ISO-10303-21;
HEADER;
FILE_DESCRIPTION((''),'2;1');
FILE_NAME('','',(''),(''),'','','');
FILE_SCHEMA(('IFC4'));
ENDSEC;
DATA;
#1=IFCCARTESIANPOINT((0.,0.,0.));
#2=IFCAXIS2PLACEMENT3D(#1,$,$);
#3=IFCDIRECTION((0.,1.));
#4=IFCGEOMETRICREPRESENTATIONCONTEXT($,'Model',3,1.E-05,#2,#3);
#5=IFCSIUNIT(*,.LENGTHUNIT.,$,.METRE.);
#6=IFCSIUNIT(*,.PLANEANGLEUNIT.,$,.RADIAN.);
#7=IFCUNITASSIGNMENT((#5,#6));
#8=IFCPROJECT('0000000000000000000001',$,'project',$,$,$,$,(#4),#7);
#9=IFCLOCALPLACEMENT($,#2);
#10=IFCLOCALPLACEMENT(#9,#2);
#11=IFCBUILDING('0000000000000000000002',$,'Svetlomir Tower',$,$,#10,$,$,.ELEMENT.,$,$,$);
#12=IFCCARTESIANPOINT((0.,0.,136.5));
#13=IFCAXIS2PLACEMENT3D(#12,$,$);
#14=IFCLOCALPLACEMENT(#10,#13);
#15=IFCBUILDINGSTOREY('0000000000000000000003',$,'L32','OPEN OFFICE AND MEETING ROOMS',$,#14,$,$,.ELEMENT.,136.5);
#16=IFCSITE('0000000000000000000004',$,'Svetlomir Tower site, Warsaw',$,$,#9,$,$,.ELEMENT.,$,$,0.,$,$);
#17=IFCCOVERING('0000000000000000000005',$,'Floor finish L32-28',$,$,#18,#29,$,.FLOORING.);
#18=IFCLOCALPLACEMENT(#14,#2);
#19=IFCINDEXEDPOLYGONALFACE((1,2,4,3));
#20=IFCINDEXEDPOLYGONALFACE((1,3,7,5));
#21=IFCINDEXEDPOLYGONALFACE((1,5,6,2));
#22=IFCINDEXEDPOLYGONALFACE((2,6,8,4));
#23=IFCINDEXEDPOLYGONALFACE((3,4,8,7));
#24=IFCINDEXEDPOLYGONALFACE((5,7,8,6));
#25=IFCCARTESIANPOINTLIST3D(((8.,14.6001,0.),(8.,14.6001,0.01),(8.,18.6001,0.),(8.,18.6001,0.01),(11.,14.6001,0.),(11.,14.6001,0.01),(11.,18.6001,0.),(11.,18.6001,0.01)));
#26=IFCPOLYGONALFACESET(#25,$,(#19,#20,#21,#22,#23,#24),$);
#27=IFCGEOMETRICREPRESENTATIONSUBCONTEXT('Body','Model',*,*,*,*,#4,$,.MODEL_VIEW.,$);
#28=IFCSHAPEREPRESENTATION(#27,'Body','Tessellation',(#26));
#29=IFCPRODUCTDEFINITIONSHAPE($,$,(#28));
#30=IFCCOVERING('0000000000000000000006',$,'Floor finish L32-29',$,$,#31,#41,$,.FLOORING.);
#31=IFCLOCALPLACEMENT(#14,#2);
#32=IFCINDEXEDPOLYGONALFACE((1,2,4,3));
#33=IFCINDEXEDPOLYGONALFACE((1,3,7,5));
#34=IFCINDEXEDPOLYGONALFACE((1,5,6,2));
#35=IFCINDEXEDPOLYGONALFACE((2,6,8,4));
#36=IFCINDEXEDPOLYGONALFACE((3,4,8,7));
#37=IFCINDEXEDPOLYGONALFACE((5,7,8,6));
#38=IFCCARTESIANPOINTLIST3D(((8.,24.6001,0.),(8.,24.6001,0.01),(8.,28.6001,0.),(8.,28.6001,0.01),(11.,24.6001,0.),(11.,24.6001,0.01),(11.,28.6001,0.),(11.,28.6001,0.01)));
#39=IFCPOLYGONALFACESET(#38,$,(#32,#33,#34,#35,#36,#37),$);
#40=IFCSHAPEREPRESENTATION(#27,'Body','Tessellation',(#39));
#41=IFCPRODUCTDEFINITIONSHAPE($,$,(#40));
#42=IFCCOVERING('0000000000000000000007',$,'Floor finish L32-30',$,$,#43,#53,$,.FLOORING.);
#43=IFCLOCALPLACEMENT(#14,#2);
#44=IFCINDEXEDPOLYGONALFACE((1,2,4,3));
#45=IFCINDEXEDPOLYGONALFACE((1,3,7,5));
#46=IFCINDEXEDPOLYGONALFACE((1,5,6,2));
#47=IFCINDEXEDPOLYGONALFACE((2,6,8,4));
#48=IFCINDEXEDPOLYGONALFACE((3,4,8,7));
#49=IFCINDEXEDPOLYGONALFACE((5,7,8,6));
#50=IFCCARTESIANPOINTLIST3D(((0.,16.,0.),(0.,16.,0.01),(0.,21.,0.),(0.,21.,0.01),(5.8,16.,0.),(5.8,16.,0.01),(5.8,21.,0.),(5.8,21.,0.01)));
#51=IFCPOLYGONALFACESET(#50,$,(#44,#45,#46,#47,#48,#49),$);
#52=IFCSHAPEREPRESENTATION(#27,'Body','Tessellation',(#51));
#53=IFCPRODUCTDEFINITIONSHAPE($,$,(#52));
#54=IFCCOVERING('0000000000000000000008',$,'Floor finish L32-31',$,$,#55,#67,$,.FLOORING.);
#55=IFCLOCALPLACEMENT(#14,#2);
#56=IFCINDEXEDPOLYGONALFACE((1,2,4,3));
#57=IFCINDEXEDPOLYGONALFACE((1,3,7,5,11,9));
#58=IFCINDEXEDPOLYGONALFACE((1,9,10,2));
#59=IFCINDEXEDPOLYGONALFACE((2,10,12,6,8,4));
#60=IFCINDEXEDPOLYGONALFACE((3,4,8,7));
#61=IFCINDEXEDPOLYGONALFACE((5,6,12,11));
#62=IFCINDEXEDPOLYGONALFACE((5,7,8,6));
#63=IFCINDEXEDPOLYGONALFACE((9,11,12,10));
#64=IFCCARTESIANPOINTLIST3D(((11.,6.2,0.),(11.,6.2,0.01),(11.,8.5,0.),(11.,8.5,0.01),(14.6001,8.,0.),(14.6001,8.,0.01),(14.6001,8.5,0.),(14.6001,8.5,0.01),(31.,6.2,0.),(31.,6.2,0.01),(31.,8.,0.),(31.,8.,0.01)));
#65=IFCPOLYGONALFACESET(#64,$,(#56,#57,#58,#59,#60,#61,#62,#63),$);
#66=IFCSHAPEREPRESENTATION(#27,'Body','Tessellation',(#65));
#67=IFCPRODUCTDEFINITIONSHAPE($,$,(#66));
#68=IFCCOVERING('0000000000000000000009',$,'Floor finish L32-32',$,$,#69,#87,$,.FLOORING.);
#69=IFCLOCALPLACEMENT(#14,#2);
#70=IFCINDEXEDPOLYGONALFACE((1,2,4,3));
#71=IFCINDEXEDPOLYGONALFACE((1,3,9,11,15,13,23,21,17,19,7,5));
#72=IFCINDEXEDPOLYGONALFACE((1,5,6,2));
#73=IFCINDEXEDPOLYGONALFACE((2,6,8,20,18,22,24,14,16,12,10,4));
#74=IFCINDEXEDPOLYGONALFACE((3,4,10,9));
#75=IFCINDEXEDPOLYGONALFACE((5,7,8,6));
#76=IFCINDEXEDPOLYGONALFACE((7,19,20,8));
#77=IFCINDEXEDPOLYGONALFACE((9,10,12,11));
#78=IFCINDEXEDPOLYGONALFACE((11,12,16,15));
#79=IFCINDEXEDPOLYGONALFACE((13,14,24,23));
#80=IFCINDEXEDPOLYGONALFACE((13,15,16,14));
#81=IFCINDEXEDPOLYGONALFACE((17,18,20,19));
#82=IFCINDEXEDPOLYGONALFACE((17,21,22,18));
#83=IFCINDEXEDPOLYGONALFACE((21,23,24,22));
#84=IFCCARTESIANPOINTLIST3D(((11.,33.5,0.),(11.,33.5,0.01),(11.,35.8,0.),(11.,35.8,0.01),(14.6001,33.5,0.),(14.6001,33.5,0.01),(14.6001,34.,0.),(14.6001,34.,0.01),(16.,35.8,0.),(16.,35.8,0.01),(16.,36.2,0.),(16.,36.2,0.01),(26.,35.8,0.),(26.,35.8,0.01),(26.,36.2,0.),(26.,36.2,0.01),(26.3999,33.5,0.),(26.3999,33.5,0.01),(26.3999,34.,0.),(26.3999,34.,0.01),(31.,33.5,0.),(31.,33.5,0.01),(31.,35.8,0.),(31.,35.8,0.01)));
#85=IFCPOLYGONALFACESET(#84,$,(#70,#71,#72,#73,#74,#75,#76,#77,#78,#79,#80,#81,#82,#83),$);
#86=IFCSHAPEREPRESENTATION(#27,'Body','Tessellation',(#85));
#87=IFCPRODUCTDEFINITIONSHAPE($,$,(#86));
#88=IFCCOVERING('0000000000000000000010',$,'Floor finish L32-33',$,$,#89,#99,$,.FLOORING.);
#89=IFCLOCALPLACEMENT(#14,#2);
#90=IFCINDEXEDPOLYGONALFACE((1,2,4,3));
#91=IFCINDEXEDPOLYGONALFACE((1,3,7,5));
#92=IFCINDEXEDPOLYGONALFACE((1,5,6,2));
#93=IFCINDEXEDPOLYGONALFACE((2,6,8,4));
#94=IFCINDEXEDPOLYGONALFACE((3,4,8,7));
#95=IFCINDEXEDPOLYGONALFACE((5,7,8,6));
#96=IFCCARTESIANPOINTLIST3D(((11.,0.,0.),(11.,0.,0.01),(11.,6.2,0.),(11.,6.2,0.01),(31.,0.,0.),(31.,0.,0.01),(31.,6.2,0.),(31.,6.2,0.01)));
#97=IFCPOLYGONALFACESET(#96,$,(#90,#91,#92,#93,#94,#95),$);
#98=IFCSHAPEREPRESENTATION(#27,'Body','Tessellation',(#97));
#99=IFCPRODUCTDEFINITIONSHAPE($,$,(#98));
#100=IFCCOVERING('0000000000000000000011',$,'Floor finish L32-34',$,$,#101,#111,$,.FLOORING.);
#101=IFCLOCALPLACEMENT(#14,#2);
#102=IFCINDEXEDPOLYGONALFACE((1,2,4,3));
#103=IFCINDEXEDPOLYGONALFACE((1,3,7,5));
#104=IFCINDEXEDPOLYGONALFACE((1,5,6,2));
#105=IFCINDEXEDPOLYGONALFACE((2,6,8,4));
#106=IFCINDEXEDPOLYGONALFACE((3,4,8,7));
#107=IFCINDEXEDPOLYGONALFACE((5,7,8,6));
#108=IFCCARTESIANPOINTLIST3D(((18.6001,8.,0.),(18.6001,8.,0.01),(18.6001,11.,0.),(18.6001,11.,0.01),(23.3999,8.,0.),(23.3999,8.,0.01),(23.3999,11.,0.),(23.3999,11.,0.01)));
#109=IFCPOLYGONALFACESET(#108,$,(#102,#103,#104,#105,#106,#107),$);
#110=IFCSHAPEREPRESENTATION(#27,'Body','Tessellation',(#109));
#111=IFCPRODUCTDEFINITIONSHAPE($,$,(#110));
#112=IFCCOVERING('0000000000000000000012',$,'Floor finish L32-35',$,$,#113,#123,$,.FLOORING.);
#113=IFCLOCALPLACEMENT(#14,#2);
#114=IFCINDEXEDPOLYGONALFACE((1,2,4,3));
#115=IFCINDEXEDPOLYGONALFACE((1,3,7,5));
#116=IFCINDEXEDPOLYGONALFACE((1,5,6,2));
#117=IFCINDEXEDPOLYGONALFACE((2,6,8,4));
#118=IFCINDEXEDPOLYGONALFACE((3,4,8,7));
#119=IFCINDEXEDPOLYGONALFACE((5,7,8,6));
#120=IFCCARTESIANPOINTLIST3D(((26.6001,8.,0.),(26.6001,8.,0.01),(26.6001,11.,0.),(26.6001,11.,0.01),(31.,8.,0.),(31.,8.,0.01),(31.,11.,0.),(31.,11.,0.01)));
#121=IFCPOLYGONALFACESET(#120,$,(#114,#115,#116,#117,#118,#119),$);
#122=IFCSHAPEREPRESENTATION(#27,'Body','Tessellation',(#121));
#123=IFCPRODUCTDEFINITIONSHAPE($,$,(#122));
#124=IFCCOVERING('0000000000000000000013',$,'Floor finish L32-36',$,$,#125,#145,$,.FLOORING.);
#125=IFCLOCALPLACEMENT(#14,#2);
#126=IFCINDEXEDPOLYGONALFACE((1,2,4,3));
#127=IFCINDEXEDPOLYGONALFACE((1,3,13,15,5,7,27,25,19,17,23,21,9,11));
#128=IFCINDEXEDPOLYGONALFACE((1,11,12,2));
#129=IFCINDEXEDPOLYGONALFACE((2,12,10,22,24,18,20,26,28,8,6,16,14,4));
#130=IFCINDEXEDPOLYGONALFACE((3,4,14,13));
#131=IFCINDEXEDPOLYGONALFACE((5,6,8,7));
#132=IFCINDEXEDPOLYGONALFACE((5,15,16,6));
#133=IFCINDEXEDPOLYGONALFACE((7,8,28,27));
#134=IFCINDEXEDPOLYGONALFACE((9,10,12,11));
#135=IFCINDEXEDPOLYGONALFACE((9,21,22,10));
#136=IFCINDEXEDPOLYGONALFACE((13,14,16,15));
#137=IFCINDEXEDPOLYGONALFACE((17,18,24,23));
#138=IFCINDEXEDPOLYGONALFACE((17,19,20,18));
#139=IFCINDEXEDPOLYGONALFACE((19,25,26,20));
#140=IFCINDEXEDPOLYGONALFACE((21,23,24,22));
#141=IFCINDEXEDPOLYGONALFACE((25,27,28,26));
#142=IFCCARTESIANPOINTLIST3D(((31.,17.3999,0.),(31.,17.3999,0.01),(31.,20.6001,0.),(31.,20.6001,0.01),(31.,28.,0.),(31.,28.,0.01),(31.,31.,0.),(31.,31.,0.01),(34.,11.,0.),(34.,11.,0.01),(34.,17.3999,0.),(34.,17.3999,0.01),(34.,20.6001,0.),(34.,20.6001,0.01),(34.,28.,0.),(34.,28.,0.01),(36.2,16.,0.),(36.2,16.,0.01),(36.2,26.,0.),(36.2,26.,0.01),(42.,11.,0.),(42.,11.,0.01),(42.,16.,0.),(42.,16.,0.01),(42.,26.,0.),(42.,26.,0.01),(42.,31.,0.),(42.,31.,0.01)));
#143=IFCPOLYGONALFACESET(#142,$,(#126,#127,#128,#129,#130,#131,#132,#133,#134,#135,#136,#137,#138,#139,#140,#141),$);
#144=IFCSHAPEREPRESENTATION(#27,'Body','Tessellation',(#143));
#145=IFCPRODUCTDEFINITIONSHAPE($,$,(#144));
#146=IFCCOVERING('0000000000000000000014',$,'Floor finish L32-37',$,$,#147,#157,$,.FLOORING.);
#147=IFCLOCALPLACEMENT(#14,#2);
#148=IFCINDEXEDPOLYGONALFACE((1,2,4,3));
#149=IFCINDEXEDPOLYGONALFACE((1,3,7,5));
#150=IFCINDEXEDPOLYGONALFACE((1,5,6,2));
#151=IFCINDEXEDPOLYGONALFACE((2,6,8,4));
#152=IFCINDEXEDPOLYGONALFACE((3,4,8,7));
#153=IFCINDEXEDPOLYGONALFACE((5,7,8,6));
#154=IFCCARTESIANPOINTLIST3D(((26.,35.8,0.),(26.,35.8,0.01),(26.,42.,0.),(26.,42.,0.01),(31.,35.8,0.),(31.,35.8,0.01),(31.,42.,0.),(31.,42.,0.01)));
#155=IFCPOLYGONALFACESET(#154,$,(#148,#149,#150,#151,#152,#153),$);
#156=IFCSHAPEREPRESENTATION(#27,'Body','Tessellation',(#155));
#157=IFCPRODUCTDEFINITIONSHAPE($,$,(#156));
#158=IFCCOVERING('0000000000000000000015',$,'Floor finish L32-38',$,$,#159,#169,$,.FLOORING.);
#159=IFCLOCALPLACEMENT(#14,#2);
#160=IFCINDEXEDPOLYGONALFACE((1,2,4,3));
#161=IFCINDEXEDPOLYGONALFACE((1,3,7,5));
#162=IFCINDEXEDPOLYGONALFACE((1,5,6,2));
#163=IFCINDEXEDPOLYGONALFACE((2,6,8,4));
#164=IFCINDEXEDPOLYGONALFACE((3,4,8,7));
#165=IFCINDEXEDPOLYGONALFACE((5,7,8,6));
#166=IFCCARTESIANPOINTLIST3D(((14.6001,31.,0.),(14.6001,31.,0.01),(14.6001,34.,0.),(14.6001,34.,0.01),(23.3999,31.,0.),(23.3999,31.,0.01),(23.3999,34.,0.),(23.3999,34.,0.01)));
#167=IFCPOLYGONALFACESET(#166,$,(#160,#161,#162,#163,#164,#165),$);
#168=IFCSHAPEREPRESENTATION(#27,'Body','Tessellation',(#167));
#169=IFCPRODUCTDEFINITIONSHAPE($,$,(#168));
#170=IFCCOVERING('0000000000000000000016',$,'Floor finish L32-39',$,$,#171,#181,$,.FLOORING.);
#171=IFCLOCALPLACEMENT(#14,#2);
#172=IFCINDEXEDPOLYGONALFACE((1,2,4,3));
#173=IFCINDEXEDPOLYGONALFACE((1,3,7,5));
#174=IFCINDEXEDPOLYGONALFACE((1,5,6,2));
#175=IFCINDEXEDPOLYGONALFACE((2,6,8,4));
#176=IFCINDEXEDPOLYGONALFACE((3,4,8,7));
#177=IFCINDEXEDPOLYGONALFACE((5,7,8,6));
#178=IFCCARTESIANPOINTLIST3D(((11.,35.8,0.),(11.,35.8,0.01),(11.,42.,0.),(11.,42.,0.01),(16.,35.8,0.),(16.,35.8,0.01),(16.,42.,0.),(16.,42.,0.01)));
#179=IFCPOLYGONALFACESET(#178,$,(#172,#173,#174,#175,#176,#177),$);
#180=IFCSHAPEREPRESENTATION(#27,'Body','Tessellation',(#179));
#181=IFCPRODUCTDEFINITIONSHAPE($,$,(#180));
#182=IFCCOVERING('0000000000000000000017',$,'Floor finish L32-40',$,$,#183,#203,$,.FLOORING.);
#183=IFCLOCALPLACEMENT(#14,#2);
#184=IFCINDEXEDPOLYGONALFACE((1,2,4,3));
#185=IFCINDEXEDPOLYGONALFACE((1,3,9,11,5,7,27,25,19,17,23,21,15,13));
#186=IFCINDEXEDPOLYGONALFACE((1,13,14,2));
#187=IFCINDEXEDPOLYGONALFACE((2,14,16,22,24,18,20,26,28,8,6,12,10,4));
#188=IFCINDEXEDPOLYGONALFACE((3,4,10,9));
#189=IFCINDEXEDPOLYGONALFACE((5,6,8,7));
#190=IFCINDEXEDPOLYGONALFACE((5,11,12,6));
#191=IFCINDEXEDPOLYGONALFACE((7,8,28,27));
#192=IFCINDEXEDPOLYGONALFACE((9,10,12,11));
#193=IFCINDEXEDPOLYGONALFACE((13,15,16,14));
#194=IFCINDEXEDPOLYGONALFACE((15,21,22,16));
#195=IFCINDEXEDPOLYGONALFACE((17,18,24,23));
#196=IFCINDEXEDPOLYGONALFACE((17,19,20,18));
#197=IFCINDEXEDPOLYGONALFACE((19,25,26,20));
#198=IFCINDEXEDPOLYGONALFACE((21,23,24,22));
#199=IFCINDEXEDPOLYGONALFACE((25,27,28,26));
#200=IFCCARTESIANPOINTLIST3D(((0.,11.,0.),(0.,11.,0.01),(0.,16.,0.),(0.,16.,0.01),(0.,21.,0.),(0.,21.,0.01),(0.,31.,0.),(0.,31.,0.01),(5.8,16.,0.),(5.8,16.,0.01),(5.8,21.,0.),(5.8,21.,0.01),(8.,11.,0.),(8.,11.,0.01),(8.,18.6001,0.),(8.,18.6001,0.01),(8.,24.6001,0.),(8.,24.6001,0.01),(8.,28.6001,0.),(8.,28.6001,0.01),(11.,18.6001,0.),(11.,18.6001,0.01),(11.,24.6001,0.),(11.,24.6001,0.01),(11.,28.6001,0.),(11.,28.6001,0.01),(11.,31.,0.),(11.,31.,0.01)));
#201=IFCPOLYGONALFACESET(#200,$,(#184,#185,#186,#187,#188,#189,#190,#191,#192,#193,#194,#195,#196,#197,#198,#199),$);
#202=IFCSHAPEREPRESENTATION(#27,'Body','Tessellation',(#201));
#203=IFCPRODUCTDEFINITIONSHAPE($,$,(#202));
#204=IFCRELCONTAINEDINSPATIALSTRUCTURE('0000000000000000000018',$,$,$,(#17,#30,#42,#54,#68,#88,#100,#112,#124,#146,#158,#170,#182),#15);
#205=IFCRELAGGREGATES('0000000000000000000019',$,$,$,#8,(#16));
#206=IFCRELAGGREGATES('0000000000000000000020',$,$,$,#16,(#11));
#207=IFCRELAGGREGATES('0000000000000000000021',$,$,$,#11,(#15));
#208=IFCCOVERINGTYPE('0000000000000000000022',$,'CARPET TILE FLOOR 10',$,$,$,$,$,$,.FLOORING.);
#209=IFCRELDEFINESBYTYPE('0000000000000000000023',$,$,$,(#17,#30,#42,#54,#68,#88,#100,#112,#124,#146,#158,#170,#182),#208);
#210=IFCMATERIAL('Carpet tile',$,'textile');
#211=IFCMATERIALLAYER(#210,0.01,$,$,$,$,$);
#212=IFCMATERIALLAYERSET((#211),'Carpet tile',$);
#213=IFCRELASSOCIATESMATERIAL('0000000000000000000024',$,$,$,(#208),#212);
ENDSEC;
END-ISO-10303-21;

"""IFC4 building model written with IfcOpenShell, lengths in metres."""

from ifc_helpers import new_model, si_unit, direction, frame, origin, place, context, subcontext, project, spatial, polyline, outline, extrude, material, layer, layer_set, type_object, element, save


model = new_model("IFC4")

# Units and contexts
model_context = context("Model", 3, precision=1e-05, world=origin(), true_north=direction((0.0, 1.0)))
body_context = subcontext(model_context, "Body", "Model", "MODEL_VIEW")
ifc_project = project(units=[si_unit("LENGTHUNIT", "METRE"), si_unit("PLANEANGLEUNIT", "RADIAN")], contexts=[model_context])

# Site, building, storey
site_placement = place(None, origin())
site = spatial("IfcSite", under=ifc_project, at=site_placement, Name="Svetlomir Tower site, Warsaw", CompositionType="ELEMENT", RefElevation=0.0)
building_placement = place(site_placement, origin())
building = spatial("IfcBuilding", under=site, at=building_placement, Name="Svetlomir Tower", CompositionType="ELEMENT")
storey_placement = place(building_placement, frame((0.0, 0.0, 136.5)))
storey = spatial("IfcBuildingStorey", under=building, at=storey_placement, Name="L32", Description="OPEN OFFICE AND MEETING ROOMS", CompositionType="ELEMENT", Elevation=136.5)

# Coverings
ifc_material_1 = material(Name="Carpet tile", Category="textile")
ifc_layer_1 = layer(ifc_material_1, 0.01)
ifc_layer_set_1 = layer_set([ifc_layer_1], Name="Carpet tile")
covering_type_1 = type_object("IfcCoveringType", Name="CARPET TILE FLOOR 10", PredefinedType="FLOORING", material=ifc_layer_set_1)
covering_1_placement = place(storey_placement, origin())
element("IfcCovering", 1, at=covering_1_placement, inside=storey, type_object=covering_type_1, Name="Floor finish L32-28", PredefinedType="FLOORING", context=body_context, shape_type="SweptSolid", body=[
    extrude(outline(polyline([(8.0, 14.6001), (11.0, 14.6001), (11.0, 18.6001), (8.0, 18.6001), (8.0, 14.6001)])), origin(), (0.0, 0.0, 1.0), 0.01),
])
covering_2_placement = place(storey_placement, origin())
element("IfcCovering", 2, at=covering_2_placement, inside=storey, type_object=covering_type_1, Name="Floor finish L32-29", PredefinedType="FLOORING", context=body_context, shape_type="SweptSolid", body=[
    extrude(outline(polyline([(8.0, 24.6001), (11.0, 24.6001), (11.0, 28.6001), (8.0, 28.6001), (8.0, 24.6001)])), origin(), (0.0, 0.0, 1.0), 0.01),
])
covering_3_placement = place(storey_placement, origin())
element("IfcCovering", 3, at=covering_3_placement, inside=storey, type_object=covering_type_1, Name="Floor finish L32-30", PredefinedType="FLOORING", context=body_context, shape_type="SweptSolid", body=[
    extrude(outline(polyline([(0.0, 16.0), (5.8, 16.0), (5.8, 21.0), (0.0, 21.0), (0.0, 16.0)])), origin(), (0.0, 0.0, 1.0), 0.01),
])
covering_4_placement = place(storey_placement, origin())
element("IfcCovering", 4, at=covering_4_placement, inside=storey, type_object=covering_type_1, Name="Floor finish L32-31", PredefinedType="FLOORING", context=body_context, shape_type="SweptSolid", body=[
    extrude(outline(polyline([(31.0, 8.0), (31.0, 6.2), (11.0, 6.2), (11.0, 8.5), (14.6001, 8.5), (14.6001, 8.0), (31.0, 8.0)])), origin(), (0.0, 0.0, 1.0), 0.01),
])
covering_5_placement = place(storey_placement, origin())
element("IfcCovering", 5, at=covering_5_placement, inside=storey, type_object=covering_type_1, Name="Floor finish L32-32", PredefinedType="FLOORING", context=body_context, shape_type="SweptSolid", body=[
    extrude(outline(polyline([(14.6001, 33.5), (11.0, 33.5), (11.0, 35.8), (16.0, 35.8), (16.0, 36.2), (26.0, 36.2), (26.0, 35.8), (31.0, 35.8), (31.0, 33.5), (26.3999, 33.5), (26.3999, 34.0), (14.6001, 34.0), (14.6001, 33.5)])), origin(), (0.0, 0.0, 1.0), 0.01),
])
covering_6_placement = place(storey_placement, origin())
element("IfcCovering", 6, at=covering_6_placement, inside=storey, type_object=covering_type_1, Name="Floor finish L32-33", PredefinedType="FLOORING", context=body_context, shape_type="SweptSolid", body=[
    extrude(outline(polyline([(11.0, 6.2), (31.0, 6.2), (31.0, 0.0), (11.0, 0.0), (11.0, 6.2)])), origin(), (0.0, 0.0, 1.0), 0.01),
])
covering_7_placement = place(storey_placement, origin())
element("IfcCovering", 7, at=covering_7_placement, inside=storey, type_object=covering_type_1, Name="Floor finish L32-34", PredefinedType="FLOORING", context=body_context, shape_type="SweptSolid", body=[
    extrude(outline(polyline([(23.3999, 11.0), (23.3999, 8.0), (18.6001, 8.0), (18.6001, 11.0), (23.3999, 11.0)])), origin(), (0.0, 0.0, 1.0), 0.01),
])
covering_8_placement = place(storey_placement, origin())
element("IfcCovering", 8, at=covering_8_placement, inside=storey, type_object=covering_type_1, Name="Floor finish L32-35", PredefinedType="FLOORING", context=body_context, shape_type="SweptSolid", body=[
    extrude(outline(polyline([(31.0, 11.0), (31.0, 8.0), (26.6001, 8.0), (26.6001, 11.0), (31.0, 11.0)])), origin(), (0.0, 0.0, 1.0), 0.01),
])
covering_9_placement = place(storey_placement, origin())
element("IfcCovering", 9, at=covering_9_placement, inside=storey, type_object=covering_type_1, Name="Floor finish L32-36", PredefinedType="FLOORING", context=body_context, shape_type="SweptSolid", body=[
    extrude(outline(polyline([(34.0, 17.3999), (31.0, 17.3999), (31.0, 20.6001), (34.0, 20.6001), (34.0, 28.0), (31.0, 28.0), (31.0, 31.0), (42.0, 31.0), (42.0, 26.0), (36.2, 26.0), (36.2, 16.0), (42.0, 16.0), (42.0, 11.0), (34.0, 11.0), (34.0, 17.3999)])), origin(), (0.0, 0.0, 1.0), 0.01),
])
covering_10_placement = place(storey_placement, origin())
element("IfcCovering", 10, at=covering_10_placement, inside=storey, type_object=covering_type_1, Name="Floor finish L32-37", PredefinedType="FLOORING", context=body_context, shape_type="SweptSolid", body=[
    extrude(outline(polyline([(26.0, 35.8), (26.0, 42.0), (31.0, 42.0), (31.0, 35.8), (26.0, 35.8)])), origin(), (0.0, 0.0, 1.0), 0.01),
])
covering_11_placement = place(storey_placement, origin())
element("IfcCovering", 11, at=covering_11_placement, inside=storey, type_object=covering_type_1, Name="Floor finish L32-38", PredefinedType="FLOORING", context=body_context, shape_type="SweptSolid", body=[
    extrude(outline(polyline([(14.6001, 31.0), (14.6001, 34.0), (23.3999, 34.0), (23.3999, 31.0), (14.6001, 31.0)])), origin(), (0.0, 0.0, 1.0), 0.01),
])
covering_12_placement = place(storey_placement, origin())
element("IfcCovering", 12, at=covering_12_placement, inside=storey, type_object=covering_type_1, Name="Floor finish L32-39", PredefinedType="FLOORING", context=body_context, shape_type="SweptSolid", body=[
    extrude(outline(polyline([(16.0, 42.0), (16.0, 35.8), (11.0, 35.8), (11.0, 42.0), (16.0, 42.0)])), origin(), (0.0, 0.0, 1.0), 0.01),
])
covering_13_placement = place(storey_placement, origin())
element("IfcCovering", 13, at=covering_13_placement, inside=storey, type_object=covering_type_1, Name="Floor finish L32-40", PredefinedType="FLOORING", context=body_context, shape_type="SweptSolid", body=[
    extrude(outline(polyline([(11.0, 28.6001), (8.0, 28.6001), (8.0, 24.6001), (11.0, 24.6001), (11.0, 18.6001), (8.0, 18.6001), (8.0, 11.0), (0.0, 11.0), (0.0, 16.0), (5.8, 16.0), (5.8, 21.0), (0.0, 21.0), (0.0, 31.0), (11.0, 31.0), (11.0, 28.6001)])), origin(), (0.0, 0.0, 1.0), 0.01),
])

save(model, "model.ifc")
